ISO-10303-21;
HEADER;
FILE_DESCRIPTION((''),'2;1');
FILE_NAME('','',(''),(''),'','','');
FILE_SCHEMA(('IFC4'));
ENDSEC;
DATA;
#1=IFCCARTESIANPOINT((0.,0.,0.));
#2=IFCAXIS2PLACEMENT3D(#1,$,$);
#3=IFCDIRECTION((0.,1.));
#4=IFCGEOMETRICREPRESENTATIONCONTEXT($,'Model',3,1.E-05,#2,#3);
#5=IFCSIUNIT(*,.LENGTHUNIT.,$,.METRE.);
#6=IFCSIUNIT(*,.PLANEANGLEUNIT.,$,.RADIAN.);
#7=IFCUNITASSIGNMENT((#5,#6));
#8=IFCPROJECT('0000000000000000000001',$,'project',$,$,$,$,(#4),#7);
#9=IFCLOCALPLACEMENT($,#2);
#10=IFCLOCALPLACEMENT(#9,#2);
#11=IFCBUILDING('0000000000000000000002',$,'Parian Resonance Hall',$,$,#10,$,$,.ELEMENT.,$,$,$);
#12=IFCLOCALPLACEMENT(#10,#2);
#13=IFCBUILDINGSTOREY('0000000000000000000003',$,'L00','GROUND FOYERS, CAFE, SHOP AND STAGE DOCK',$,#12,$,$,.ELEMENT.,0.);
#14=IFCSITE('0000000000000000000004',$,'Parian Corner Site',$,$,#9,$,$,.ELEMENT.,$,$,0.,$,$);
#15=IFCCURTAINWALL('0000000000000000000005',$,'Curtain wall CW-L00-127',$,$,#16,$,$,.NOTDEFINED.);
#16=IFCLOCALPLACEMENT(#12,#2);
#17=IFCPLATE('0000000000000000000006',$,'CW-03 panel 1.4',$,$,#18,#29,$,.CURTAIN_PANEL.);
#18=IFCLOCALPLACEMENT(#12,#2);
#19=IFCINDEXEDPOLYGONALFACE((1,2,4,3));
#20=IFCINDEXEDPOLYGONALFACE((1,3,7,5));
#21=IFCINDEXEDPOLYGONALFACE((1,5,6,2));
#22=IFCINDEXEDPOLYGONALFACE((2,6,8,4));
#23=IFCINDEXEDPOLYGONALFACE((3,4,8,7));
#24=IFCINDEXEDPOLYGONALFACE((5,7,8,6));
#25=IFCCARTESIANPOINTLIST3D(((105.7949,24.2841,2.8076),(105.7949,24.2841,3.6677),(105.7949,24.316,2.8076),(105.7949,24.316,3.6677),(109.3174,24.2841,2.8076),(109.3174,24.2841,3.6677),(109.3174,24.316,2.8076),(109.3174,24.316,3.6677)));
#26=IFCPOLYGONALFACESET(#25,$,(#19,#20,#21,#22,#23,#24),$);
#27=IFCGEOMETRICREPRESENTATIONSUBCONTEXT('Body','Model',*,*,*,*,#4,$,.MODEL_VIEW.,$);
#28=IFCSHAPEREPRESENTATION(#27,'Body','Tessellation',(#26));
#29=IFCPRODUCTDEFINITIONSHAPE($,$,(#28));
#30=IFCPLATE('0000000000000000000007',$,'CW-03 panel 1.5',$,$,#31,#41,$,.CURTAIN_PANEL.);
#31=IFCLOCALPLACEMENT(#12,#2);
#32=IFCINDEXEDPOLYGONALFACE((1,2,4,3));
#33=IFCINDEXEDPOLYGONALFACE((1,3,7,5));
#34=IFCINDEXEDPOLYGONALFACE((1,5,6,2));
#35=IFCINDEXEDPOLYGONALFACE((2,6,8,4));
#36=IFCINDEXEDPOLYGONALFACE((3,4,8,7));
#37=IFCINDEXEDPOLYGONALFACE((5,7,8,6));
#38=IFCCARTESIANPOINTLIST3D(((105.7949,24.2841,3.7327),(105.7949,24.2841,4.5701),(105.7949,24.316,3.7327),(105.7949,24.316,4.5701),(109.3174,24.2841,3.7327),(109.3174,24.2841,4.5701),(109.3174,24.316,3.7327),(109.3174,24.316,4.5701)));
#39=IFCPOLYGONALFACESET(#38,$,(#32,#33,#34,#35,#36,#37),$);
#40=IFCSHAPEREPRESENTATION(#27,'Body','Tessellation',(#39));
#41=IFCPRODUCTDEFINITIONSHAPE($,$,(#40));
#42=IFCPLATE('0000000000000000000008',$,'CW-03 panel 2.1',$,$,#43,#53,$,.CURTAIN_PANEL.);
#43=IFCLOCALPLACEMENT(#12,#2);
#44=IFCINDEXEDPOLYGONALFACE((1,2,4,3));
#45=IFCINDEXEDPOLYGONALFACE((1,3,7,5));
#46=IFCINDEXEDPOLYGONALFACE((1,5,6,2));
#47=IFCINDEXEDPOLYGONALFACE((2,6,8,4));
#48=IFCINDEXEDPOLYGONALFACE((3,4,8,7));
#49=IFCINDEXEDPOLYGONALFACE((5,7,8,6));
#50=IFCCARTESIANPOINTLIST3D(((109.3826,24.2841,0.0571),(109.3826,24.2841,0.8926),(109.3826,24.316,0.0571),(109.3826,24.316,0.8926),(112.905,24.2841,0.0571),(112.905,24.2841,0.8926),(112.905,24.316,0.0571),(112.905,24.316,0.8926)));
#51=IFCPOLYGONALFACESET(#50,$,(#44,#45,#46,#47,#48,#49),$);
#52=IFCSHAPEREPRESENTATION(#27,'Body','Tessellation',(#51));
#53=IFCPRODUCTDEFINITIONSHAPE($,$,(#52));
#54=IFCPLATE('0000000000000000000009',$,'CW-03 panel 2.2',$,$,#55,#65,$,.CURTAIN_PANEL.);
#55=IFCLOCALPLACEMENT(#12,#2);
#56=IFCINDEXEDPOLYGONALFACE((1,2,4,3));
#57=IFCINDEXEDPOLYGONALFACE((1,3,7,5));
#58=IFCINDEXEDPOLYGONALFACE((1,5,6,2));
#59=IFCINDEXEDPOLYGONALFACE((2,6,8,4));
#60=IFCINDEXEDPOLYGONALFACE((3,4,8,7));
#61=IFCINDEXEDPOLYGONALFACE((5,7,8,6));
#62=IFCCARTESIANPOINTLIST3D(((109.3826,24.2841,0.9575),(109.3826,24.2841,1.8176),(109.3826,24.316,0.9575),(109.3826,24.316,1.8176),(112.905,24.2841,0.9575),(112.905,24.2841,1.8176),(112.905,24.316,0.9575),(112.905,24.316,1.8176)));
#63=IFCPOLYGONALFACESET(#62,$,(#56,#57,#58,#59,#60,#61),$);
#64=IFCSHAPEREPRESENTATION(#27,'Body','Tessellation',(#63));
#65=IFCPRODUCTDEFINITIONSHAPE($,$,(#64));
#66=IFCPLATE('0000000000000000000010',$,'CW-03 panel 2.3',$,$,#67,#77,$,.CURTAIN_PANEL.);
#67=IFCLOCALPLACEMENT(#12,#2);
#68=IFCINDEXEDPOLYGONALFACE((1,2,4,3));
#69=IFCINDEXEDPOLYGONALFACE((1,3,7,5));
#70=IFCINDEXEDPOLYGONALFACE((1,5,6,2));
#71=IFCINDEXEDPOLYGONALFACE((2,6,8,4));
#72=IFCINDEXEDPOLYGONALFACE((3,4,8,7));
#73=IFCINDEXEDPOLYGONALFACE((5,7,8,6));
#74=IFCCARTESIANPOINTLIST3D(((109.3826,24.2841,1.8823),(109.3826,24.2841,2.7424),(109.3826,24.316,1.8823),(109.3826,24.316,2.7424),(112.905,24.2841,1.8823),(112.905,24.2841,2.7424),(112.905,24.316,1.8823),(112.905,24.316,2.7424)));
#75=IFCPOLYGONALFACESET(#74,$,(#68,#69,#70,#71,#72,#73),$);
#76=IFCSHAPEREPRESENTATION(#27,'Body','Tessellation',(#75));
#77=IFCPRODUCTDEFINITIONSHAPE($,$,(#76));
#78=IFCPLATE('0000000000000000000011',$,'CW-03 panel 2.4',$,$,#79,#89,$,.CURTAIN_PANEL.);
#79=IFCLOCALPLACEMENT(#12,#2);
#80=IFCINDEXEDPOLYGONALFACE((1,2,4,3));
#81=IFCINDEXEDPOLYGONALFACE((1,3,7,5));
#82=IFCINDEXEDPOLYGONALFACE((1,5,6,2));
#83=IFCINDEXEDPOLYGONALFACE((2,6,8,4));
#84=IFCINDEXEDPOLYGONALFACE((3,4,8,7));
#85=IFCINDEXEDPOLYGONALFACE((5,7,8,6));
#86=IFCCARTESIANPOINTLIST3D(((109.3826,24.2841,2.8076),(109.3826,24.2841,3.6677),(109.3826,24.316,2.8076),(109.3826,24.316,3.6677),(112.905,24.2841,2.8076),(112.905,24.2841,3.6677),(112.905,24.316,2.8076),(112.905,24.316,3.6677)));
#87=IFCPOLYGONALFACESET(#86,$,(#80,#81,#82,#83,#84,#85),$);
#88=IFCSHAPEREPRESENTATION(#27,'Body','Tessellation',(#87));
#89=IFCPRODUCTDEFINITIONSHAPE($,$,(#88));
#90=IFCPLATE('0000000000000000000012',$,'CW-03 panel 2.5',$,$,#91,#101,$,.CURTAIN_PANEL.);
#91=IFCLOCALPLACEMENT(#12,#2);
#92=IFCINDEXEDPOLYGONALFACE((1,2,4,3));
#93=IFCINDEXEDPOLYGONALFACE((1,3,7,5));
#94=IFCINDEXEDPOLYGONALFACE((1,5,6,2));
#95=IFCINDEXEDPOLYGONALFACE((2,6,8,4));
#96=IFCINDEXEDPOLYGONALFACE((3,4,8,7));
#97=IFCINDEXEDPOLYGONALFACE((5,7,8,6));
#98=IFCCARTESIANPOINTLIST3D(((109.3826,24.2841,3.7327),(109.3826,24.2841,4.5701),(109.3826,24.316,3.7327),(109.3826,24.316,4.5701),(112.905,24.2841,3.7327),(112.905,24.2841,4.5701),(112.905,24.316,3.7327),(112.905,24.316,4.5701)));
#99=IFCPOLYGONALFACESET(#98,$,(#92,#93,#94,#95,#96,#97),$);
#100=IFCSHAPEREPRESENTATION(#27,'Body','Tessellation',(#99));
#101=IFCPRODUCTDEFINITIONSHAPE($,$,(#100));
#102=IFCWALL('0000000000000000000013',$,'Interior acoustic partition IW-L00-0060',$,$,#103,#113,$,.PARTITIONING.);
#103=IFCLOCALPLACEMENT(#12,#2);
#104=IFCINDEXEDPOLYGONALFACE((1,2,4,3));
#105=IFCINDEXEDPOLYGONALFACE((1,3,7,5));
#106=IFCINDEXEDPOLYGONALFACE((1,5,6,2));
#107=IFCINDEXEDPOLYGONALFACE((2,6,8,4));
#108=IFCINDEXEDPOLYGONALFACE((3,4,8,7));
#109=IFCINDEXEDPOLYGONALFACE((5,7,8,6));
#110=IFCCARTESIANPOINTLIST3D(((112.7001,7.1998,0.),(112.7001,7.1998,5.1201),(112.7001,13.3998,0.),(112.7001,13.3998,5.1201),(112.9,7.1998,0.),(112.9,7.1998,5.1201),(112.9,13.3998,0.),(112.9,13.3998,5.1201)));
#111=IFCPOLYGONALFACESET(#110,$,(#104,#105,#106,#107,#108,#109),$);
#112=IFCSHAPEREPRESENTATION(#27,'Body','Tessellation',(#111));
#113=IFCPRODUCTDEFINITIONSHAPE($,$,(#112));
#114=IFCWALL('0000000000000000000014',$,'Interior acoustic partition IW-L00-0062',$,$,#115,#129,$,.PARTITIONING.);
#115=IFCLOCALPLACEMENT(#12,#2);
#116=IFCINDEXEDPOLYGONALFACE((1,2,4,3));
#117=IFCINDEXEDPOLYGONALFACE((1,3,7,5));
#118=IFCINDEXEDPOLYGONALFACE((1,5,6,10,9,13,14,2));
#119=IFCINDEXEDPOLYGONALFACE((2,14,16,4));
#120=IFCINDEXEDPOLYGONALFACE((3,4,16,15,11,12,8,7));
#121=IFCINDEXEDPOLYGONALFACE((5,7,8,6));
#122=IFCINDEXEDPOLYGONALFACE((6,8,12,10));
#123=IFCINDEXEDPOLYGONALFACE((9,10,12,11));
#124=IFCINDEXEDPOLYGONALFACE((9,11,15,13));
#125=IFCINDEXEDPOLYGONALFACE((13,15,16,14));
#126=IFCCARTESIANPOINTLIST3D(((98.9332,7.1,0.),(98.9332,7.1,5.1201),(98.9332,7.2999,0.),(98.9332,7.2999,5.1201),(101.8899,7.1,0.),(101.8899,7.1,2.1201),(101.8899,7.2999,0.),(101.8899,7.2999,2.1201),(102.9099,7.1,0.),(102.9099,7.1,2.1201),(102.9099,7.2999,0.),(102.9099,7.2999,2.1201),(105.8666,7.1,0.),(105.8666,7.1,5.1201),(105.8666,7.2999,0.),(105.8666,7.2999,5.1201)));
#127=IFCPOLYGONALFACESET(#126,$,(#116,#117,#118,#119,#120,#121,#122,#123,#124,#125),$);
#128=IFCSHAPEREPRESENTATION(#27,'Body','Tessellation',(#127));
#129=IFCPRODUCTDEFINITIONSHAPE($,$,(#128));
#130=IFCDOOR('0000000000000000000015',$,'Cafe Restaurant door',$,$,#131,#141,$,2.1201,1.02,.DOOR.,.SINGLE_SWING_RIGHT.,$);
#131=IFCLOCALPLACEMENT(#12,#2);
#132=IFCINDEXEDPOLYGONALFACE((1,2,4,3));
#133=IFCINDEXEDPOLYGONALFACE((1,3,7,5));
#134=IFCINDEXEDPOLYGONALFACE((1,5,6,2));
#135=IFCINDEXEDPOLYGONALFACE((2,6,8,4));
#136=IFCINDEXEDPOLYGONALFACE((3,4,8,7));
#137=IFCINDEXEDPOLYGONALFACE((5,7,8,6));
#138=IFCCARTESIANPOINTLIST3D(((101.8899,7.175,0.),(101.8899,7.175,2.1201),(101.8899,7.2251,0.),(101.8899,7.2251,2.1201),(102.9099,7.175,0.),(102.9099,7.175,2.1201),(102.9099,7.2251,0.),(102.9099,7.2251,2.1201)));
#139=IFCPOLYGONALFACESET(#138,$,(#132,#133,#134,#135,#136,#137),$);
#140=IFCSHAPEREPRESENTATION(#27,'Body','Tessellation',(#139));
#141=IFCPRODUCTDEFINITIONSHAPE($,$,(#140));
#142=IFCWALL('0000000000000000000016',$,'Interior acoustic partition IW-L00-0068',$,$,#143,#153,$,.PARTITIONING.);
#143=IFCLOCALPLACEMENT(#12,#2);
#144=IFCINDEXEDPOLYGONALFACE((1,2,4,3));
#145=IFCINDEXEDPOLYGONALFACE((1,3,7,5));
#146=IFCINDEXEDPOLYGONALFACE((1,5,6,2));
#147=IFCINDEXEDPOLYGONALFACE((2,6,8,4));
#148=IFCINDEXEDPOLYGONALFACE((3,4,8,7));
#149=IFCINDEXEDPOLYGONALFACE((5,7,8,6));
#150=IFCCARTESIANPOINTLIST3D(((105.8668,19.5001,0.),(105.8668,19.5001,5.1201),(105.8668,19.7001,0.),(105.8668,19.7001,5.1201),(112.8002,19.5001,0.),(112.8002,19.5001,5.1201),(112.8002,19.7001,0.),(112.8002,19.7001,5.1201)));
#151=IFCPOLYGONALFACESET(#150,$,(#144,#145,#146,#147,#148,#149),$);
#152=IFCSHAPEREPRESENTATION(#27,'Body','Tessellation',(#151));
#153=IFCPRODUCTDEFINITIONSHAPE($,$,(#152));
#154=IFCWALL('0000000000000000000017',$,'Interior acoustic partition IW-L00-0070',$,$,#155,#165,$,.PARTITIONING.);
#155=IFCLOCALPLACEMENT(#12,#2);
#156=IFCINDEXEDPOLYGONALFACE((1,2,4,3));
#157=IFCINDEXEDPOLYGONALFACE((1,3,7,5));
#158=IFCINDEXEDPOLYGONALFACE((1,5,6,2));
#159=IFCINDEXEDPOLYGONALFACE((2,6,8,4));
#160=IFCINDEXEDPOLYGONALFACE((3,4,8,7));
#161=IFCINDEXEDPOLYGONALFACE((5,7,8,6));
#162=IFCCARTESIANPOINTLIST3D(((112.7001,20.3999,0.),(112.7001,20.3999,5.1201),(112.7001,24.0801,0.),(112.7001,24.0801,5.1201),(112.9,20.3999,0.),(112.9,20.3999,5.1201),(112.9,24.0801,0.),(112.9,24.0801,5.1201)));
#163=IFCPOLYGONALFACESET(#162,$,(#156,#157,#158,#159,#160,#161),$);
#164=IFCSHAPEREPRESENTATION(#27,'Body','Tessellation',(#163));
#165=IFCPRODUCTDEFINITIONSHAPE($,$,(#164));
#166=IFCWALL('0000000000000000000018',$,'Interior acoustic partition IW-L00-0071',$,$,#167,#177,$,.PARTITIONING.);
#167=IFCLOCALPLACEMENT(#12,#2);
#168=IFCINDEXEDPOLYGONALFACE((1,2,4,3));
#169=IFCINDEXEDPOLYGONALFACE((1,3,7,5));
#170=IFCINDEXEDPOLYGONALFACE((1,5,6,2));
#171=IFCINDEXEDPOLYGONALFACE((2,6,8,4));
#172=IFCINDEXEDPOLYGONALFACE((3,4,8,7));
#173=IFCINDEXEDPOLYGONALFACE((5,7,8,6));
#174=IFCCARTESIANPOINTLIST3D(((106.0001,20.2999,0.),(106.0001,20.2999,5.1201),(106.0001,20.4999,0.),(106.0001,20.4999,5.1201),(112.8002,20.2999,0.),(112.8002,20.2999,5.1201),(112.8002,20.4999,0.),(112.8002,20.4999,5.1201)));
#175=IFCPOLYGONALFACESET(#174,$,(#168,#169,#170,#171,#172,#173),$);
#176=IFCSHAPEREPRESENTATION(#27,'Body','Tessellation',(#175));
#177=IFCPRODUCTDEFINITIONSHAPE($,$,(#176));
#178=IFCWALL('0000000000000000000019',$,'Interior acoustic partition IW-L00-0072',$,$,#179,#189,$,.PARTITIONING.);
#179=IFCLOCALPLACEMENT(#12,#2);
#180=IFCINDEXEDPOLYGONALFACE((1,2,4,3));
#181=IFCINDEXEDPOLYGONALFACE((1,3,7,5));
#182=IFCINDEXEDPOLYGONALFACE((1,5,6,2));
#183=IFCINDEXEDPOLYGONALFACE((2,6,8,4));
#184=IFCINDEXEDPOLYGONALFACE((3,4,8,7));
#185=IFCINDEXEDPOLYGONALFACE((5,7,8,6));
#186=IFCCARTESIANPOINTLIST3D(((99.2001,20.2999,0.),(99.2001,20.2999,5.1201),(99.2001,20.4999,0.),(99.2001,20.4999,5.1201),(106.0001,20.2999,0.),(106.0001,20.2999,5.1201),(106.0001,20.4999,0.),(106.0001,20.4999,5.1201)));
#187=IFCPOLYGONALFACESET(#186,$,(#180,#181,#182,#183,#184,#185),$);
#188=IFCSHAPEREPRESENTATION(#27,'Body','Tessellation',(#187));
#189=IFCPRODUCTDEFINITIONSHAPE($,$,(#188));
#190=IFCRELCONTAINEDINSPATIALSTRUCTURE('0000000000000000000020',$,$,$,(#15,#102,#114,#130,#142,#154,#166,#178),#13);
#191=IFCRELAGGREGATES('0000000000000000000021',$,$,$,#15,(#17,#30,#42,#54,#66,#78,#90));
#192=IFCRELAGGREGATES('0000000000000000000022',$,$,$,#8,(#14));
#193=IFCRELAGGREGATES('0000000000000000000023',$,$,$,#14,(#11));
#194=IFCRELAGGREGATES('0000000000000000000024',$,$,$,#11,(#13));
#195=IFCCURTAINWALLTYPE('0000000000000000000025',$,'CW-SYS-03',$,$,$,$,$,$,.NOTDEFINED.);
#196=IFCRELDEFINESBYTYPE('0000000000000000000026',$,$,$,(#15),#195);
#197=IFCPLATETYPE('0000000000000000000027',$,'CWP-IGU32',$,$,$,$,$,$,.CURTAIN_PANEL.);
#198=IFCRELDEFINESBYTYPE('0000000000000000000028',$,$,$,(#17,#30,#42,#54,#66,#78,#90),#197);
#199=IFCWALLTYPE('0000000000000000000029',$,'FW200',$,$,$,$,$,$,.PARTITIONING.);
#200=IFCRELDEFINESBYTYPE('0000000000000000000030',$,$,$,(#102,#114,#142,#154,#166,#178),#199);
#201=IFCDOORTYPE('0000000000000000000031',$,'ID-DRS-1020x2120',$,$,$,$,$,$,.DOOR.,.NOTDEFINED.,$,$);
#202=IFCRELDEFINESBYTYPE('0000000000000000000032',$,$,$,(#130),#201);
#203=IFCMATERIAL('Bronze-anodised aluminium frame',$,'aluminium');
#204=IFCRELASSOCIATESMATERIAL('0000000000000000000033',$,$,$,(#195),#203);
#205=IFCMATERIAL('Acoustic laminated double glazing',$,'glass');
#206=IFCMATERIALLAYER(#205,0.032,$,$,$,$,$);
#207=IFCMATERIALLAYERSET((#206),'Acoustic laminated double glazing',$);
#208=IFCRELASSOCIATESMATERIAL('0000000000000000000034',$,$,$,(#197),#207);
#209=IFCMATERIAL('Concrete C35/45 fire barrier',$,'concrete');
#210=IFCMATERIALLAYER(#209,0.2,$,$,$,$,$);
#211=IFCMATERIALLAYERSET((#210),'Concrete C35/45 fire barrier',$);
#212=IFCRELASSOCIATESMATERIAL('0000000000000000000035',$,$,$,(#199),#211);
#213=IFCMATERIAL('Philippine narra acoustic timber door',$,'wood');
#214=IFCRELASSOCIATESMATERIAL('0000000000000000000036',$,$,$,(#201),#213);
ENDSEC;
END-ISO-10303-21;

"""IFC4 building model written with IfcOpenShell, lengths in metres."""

from ifc_helpers import new_model, si_unit, direction, frame, frame_2d, origin, origin_2d, place, context, subcontext, project, spatial, rectangle, extrude, material, layer, layer_set, type_object, element, fill, aggregate, save


model = new_model("IFC4")

# Units and contexts
model_context = context("Model", 3, precision=1e-05, world=origin(), true_north=direction((0.0, 1.0)))
body_context = subcontext(model_context, "Body", "Model", "MODEL_VIEW")
ifc_project = project(units=[si_unit("LENGTHUNIT", "METRE"), si_unit("PLANEANGLEUNIT", "RADIAN")], contexts=[model_context])

# Site, building, storey
site_placement = place(None, origin())
site = spatial("IfcSite", under=ifc_project, at=site_placement, Name="Parian Corner Site", CompositionType="ELEMENT", RefElevation=0.0)
building_placement = place(site_placement, origin())
building = spatial("IfcBuilding", under=site, at=building_placement, Name="Parian Resonance Hall", CompositionType="ELEMENT")
storey_placement = place(building_placement, origin())
storey = spatial("IfcBuildingStorey", under=building, at=storey_placement, Name="L00", Description="GROUND FOYERS, CAFE, SHOP AND STAGE DOCK", CompositionType="ELEMENT", Elevation=0.0)

# Curtain wall
ifc_material_1 = material(Name="Bronze-anodised aluminium frame", Category="aluminium")
curtain_wall_type_1 = type_object("IfcCurtainWallType", Name="CW-SYS-03", PredefinedType="NOTDEFINED", material=ifc_material_1)
curtain_wall_1_placement = place(storey_placement, origin())
curtain_wall_1 = element("IfcCurtainWall", 1, at=curtain_wall_1_placement, inside=storey, type_object=curtain_wall_type_1, Name="Curtain wall CW-L00-127", PredefinedType="NOTDEFINED")

# Plates
ifc_material_2 = material(Name="Acoustic laminated double glazing", Category="glass")
ifc_layer_1 = layer(ifc_material_2, 0.032)
ifc_layer_set_1 = layer_set([ifc_layer_1], Name="Acoustic laminated double glazing")
plate_type = type_object("IfcPlateType", Name="CWP-IGU32", PredefinedType="CURTAIN_PANEL", material=ifc_layer_set_1)
plate_1_placement = place(storey_placement, frame((107.5562, 24.3, 2.8076), z_axis=(0.0, 0.0, 1.0), x_axis=(1.0, 0.0, 0.0)))
plate_1 = element("IfcPlate", 2, at=plate_1_placement, type_object=plate_type, Name="CW-03 panel 1.4", PredefinedType="CURTAIN_PANEL", context=body_context, shape_type="SweptSolid", body=[
    extrude(rectangle(XDim=3.5225, YDim=0.032, at=origin_2d()), origin(), (0.0, 0.0, 1.0), 0.8601),
])
plate_2_placement = place(storey_placement, frame((107.5562, 24.3, 3.7327), z_axis=(0.0, 0.0, 1.0), x_axis=(1.0, 0.0, 0.0)))
plate_2 = element("IfcPlate", 3, at=plate_2_placement, type_object=plate_type, Name="CW-03 panel 1.5", PredefinedType="CURTAIN_PANEL", context=body_context, shape_type="SweptSolid", body=[
    extrude(rectangle(XDim=3.5225, YDim=0.032, at=origin_2d()), origin(), (0.0, 0.0, 1.0), 0.8374),
])
plate_3_placement = place(storey_placement, frame((111.1438, 24.3, 0.0571), z_axis=(0.0, 0.0, 1.0), x_axis=(1.0, 0.0, 0.0)))
plate_3 = element("IfcPlate", 4, at=plate_3_placement, type_object=plate_type, Name="CW-03 panel 2.1", PredefinedType="CURTAIN_PANEL", context=body_context, shape_type="SweptSolid", body=[
    extrude(rectangle(XDim=3.5225, YDim=0.032, at=origin_2d()), origin(), (0.0, 0.0, 1.0), 0.8354),
])
plate_4_placement = place(storey_placement, frame((111.1438, 24.3, 0.9575), z_axis=(0.0, 0.0, 1.0), x_axis=(1.0, 0.0, 0.0)))
plate_4 = element("IfcPlate", 5, at=plate_4_placement, type_object=plate_type, Name="CW-03 panel 2.2", PredefinedType="CURTAIN_PANEL", context=body_context, shape_type="SweptSolid", body=[
    extrude(rectangle(XDim=3.5225, YDim=0.032, at=origin_2d()), origin(), (0.0, 0.0, 1.0), 0.8601),
])
plate_5_placement = place(storey_placement, frame((111.1438, 24.3, 1.8823), z_axis=(0.0, 0.0, 1.0), x_axis=(1.0, 0.0, 0.0)))
plate_5 = element("IfcPlate", 6, at=plate_5_placement, type_object=plate_type, Name="CW-03 panel 2.3", PredefinedType="CURTAIN_PANEL", context=body_context, shape_type="SweptSolid", body=[
    extrude(rectangle(XDim=3.5225, YDim=0.032, at=origin_2d()), origin(), (0.0, 0.0, 1.0), 0.8601),
])
plate_6_placement = place(storey_placement, frame((111.1438, 24.3, 2.8076), z_axis=(0.0, 0.0, 1.0), x_axis=(1.0, 0.0, 0.0)))
plate_6 = element("IfcPlate", 7, at=plate_6_placement, type_object=plate_type, Name="CW-03 panel 2.4", PredefinedType="CURTAIN_PANEL", context=body_context, shape_type="SweptSolid", body=[
    extrude(rectangle(XDim=3.5225, YDim=0.032, at=origin_2d()), origin(), (0.0, 0.0, 1.0), 0.8601),
])
plate_7_placement = place(storey_placement, frame((111.1438, 24.3, 3.7327), z_axis=(0.0, 0.0, 1.0), x_axis=(1.0, 0.0, 0.0)))
plate_7 = element("IfcPlate", 8, at=plate_7_placement, type_object=plate_type, Name="CW-03 panel 2.5", PredefinedType="CURTAIN_PANEL", context=body_context, shape_type="SweptSolid", body=[
    extrude(rectangle(XDim=3.5225, YDim=0.032, at=origin_2d()), origin(), (0.0, 0.0, 1.0), 0.8374),
])
aggregate(curtain_wall_1, [plate_1, plate_2, plate_3, plate_4, plate_5, plate_6, plate_7])

# Wall
ifc_material_3 = material(Name="Concrete C35/45 fire barrier", Category="concrete")
ifc_layer_2 = layer(ifc_material_3, 0.2)
ifc_layer_set_2 = layer_set([ifc_layer_2], Name="Concrete C35/45 fire barrier")
wall_type_1 = type_object("IfcWallType", Name="FW200", PredefinedType="PARTITIONING", material=ifc_layer_set_2)
wall_1_placement = place(storey_placement, frame((112.8, 13.3999, 0.0), z_axis=(0.0, 0.0, 1.0), x_axis=(0.0, -1.0, 0.0)))
element("IfcWall", 9, at=wall_1_placement, inside=storey, type_object=wall_type_1, Name="Interior acoustic partition IW-L00-0060", PredefinedType="PARTITIONING", context=body_context, shape_type="SweptSolid", body=[
    extrude(rectangle(XDim=6.2, YDim=0.2, at=frame_2d((3.1001, 0.0))), origin(), (0.0, 0.0, 1.0), 5.1201),
])

# Wall, opening, door
wall_2_placement = place(storey_placement, frame((105.8667, 7.2, 0.0), z_axis=(0.0, 0.0, 1.0), x_axis=(-1.0, 0.0, 0.0)))
wall_2 = element("IfcWall", 10, at=wall_2_placement, inside=storey, type_object=wall_type_1, Name="Interior acoustic partition IW-L00-0062", PredefinedType="PARTITIONING", context=body_context, shape_type="SweptSolid", body=[
    extrude(rectangle(XDim=6.9333, YDim=0.2, at=frame_2d((3.4668, 0.0))), origin(), (0.0, 0.0, 1.0), 5.1201),
])
opening_placement = place(wall_2_placement, frame((2.9568, 0.0, 0.0)))
opening = element("IfcOpeningElement", 11, at=opening_placement, cuts=wall_2, PredefinedType="OPENING", context=body_context, shape_type="SweptSolid", body=[
    extrude(rectangle(XDim=1.02, YDim=2.1201, at=frame_2d((0.51, 1.0601))), frame((0.0, 0.1099, 0.0), z_axis=(0.0, -1.0, 0.0), x_axis=(1.0, 0.0, 0.0)), (0.0, 0.0, 1.0), 0.22),
])
ifc_material_4 = material(Name="Philippine narra acoustic timber door", Category="wood")
door_type = type_object("IfcDoorType", Name="ID-DRS-1020x2120", OperationType="NOTDEFINED", PredefinedType="DOOR", material=ifc_material_4)
door_placement = place(opening_placement, origin())
door = element("IfcDoor", 12, at=door_placement, inside=storey, type_object=door_type, Name="Cafe Restaurant door", OperationType="SINGLE_SWING_RIGHT", OverallHeight=2.1201, OverallWidth=1.02, PredefinedType="DOOR", context=body_context, shape_type="SweptSolid", body=[
    extrude(rectangle(XDim=1.02, YDim=2.1201, at=frame_2d((0.51, 1.0601))), frame((0.0, 0.0249, 0.0), z_axis=(0.0, -1.0, 0.0), x_axis=(1.0, 0.0, 0.0)), (0.0, 0.0, 1.0), 0.05),
])
fill(opening, door)

# Walls
wall_3_placement = place(storey_placement, frame((105.8667, 19.6001, 0.0), z_axis=(0.0, 0.0, 1.0), x_axis=(1.0, 0.0, 0.0)))
element("IfcWall", 13, at=wall_3_placement, inside=storey, type_object=wall_type_1, Name="Interior acoustic partition IW-L00-0068", PredefinedType="PARTITIONING", context=body_context, shape_type="SweptSolid", body=[
    extrude(rectangle(XDim=6.9333, YDim=0.2, at=frame_2d((3.4668, 0.0))), origin(), (0.0, 0.0, 1.0), 5.1201),
])
wall_4_placement = place(storey_placement, frame((112.8, 24.0801, 0.0), z_axis=(0.0, 0.0, 1.0), x_axis=(0.0, -1.0, 0.0)))
element("IfcWall", 14, at=wall_4_placement, inside=storey, type_object=wall_type_1, Name="Interior acoustic partition IW-L00-0070", PredefinedType="PARTITIONING", context=body_context, shape_type="SweptSolid", body=[
    extrude(rectangle(XDim=3.6802, YDim=0.2, at=frame_2d((1.8401, 0.0))), origin(), (0.0, 0.0, 1.0), 5.1201),
])
for number, where, z_axis, x_axis, name in (
    (15, (112.8, 20.3999, 0.0), (0.0, 0.0, 1.0), (-1.0, 0.0, 0.0), "Interior acoustic partition IW-L00-0071"),
    (16, (106.0, 20.3999, 0.0), (0.0, 0.0, 1.0), (-1.0, 0.0, 0.0), "Interior acoustic partition IW-L00-0072"),
):
    element("IfcWall", number, at=place(storey_placement, frame(where, z_axis=z_axis, x_axis=x_axis)), inside=storey, type_object=wall_type_1, Name=name, PredefinedType="PARTITIONING", context=body_context, shape_type="SweptSolid", body=[
        extrude(rectangle(XDim=6.8, YDim=0.2, at=frame_2d((3.3999, 0.0))), origin(), (0.0, 0.0, 1.0), 5.1201),
    ])

save(model, "model.ifc")
